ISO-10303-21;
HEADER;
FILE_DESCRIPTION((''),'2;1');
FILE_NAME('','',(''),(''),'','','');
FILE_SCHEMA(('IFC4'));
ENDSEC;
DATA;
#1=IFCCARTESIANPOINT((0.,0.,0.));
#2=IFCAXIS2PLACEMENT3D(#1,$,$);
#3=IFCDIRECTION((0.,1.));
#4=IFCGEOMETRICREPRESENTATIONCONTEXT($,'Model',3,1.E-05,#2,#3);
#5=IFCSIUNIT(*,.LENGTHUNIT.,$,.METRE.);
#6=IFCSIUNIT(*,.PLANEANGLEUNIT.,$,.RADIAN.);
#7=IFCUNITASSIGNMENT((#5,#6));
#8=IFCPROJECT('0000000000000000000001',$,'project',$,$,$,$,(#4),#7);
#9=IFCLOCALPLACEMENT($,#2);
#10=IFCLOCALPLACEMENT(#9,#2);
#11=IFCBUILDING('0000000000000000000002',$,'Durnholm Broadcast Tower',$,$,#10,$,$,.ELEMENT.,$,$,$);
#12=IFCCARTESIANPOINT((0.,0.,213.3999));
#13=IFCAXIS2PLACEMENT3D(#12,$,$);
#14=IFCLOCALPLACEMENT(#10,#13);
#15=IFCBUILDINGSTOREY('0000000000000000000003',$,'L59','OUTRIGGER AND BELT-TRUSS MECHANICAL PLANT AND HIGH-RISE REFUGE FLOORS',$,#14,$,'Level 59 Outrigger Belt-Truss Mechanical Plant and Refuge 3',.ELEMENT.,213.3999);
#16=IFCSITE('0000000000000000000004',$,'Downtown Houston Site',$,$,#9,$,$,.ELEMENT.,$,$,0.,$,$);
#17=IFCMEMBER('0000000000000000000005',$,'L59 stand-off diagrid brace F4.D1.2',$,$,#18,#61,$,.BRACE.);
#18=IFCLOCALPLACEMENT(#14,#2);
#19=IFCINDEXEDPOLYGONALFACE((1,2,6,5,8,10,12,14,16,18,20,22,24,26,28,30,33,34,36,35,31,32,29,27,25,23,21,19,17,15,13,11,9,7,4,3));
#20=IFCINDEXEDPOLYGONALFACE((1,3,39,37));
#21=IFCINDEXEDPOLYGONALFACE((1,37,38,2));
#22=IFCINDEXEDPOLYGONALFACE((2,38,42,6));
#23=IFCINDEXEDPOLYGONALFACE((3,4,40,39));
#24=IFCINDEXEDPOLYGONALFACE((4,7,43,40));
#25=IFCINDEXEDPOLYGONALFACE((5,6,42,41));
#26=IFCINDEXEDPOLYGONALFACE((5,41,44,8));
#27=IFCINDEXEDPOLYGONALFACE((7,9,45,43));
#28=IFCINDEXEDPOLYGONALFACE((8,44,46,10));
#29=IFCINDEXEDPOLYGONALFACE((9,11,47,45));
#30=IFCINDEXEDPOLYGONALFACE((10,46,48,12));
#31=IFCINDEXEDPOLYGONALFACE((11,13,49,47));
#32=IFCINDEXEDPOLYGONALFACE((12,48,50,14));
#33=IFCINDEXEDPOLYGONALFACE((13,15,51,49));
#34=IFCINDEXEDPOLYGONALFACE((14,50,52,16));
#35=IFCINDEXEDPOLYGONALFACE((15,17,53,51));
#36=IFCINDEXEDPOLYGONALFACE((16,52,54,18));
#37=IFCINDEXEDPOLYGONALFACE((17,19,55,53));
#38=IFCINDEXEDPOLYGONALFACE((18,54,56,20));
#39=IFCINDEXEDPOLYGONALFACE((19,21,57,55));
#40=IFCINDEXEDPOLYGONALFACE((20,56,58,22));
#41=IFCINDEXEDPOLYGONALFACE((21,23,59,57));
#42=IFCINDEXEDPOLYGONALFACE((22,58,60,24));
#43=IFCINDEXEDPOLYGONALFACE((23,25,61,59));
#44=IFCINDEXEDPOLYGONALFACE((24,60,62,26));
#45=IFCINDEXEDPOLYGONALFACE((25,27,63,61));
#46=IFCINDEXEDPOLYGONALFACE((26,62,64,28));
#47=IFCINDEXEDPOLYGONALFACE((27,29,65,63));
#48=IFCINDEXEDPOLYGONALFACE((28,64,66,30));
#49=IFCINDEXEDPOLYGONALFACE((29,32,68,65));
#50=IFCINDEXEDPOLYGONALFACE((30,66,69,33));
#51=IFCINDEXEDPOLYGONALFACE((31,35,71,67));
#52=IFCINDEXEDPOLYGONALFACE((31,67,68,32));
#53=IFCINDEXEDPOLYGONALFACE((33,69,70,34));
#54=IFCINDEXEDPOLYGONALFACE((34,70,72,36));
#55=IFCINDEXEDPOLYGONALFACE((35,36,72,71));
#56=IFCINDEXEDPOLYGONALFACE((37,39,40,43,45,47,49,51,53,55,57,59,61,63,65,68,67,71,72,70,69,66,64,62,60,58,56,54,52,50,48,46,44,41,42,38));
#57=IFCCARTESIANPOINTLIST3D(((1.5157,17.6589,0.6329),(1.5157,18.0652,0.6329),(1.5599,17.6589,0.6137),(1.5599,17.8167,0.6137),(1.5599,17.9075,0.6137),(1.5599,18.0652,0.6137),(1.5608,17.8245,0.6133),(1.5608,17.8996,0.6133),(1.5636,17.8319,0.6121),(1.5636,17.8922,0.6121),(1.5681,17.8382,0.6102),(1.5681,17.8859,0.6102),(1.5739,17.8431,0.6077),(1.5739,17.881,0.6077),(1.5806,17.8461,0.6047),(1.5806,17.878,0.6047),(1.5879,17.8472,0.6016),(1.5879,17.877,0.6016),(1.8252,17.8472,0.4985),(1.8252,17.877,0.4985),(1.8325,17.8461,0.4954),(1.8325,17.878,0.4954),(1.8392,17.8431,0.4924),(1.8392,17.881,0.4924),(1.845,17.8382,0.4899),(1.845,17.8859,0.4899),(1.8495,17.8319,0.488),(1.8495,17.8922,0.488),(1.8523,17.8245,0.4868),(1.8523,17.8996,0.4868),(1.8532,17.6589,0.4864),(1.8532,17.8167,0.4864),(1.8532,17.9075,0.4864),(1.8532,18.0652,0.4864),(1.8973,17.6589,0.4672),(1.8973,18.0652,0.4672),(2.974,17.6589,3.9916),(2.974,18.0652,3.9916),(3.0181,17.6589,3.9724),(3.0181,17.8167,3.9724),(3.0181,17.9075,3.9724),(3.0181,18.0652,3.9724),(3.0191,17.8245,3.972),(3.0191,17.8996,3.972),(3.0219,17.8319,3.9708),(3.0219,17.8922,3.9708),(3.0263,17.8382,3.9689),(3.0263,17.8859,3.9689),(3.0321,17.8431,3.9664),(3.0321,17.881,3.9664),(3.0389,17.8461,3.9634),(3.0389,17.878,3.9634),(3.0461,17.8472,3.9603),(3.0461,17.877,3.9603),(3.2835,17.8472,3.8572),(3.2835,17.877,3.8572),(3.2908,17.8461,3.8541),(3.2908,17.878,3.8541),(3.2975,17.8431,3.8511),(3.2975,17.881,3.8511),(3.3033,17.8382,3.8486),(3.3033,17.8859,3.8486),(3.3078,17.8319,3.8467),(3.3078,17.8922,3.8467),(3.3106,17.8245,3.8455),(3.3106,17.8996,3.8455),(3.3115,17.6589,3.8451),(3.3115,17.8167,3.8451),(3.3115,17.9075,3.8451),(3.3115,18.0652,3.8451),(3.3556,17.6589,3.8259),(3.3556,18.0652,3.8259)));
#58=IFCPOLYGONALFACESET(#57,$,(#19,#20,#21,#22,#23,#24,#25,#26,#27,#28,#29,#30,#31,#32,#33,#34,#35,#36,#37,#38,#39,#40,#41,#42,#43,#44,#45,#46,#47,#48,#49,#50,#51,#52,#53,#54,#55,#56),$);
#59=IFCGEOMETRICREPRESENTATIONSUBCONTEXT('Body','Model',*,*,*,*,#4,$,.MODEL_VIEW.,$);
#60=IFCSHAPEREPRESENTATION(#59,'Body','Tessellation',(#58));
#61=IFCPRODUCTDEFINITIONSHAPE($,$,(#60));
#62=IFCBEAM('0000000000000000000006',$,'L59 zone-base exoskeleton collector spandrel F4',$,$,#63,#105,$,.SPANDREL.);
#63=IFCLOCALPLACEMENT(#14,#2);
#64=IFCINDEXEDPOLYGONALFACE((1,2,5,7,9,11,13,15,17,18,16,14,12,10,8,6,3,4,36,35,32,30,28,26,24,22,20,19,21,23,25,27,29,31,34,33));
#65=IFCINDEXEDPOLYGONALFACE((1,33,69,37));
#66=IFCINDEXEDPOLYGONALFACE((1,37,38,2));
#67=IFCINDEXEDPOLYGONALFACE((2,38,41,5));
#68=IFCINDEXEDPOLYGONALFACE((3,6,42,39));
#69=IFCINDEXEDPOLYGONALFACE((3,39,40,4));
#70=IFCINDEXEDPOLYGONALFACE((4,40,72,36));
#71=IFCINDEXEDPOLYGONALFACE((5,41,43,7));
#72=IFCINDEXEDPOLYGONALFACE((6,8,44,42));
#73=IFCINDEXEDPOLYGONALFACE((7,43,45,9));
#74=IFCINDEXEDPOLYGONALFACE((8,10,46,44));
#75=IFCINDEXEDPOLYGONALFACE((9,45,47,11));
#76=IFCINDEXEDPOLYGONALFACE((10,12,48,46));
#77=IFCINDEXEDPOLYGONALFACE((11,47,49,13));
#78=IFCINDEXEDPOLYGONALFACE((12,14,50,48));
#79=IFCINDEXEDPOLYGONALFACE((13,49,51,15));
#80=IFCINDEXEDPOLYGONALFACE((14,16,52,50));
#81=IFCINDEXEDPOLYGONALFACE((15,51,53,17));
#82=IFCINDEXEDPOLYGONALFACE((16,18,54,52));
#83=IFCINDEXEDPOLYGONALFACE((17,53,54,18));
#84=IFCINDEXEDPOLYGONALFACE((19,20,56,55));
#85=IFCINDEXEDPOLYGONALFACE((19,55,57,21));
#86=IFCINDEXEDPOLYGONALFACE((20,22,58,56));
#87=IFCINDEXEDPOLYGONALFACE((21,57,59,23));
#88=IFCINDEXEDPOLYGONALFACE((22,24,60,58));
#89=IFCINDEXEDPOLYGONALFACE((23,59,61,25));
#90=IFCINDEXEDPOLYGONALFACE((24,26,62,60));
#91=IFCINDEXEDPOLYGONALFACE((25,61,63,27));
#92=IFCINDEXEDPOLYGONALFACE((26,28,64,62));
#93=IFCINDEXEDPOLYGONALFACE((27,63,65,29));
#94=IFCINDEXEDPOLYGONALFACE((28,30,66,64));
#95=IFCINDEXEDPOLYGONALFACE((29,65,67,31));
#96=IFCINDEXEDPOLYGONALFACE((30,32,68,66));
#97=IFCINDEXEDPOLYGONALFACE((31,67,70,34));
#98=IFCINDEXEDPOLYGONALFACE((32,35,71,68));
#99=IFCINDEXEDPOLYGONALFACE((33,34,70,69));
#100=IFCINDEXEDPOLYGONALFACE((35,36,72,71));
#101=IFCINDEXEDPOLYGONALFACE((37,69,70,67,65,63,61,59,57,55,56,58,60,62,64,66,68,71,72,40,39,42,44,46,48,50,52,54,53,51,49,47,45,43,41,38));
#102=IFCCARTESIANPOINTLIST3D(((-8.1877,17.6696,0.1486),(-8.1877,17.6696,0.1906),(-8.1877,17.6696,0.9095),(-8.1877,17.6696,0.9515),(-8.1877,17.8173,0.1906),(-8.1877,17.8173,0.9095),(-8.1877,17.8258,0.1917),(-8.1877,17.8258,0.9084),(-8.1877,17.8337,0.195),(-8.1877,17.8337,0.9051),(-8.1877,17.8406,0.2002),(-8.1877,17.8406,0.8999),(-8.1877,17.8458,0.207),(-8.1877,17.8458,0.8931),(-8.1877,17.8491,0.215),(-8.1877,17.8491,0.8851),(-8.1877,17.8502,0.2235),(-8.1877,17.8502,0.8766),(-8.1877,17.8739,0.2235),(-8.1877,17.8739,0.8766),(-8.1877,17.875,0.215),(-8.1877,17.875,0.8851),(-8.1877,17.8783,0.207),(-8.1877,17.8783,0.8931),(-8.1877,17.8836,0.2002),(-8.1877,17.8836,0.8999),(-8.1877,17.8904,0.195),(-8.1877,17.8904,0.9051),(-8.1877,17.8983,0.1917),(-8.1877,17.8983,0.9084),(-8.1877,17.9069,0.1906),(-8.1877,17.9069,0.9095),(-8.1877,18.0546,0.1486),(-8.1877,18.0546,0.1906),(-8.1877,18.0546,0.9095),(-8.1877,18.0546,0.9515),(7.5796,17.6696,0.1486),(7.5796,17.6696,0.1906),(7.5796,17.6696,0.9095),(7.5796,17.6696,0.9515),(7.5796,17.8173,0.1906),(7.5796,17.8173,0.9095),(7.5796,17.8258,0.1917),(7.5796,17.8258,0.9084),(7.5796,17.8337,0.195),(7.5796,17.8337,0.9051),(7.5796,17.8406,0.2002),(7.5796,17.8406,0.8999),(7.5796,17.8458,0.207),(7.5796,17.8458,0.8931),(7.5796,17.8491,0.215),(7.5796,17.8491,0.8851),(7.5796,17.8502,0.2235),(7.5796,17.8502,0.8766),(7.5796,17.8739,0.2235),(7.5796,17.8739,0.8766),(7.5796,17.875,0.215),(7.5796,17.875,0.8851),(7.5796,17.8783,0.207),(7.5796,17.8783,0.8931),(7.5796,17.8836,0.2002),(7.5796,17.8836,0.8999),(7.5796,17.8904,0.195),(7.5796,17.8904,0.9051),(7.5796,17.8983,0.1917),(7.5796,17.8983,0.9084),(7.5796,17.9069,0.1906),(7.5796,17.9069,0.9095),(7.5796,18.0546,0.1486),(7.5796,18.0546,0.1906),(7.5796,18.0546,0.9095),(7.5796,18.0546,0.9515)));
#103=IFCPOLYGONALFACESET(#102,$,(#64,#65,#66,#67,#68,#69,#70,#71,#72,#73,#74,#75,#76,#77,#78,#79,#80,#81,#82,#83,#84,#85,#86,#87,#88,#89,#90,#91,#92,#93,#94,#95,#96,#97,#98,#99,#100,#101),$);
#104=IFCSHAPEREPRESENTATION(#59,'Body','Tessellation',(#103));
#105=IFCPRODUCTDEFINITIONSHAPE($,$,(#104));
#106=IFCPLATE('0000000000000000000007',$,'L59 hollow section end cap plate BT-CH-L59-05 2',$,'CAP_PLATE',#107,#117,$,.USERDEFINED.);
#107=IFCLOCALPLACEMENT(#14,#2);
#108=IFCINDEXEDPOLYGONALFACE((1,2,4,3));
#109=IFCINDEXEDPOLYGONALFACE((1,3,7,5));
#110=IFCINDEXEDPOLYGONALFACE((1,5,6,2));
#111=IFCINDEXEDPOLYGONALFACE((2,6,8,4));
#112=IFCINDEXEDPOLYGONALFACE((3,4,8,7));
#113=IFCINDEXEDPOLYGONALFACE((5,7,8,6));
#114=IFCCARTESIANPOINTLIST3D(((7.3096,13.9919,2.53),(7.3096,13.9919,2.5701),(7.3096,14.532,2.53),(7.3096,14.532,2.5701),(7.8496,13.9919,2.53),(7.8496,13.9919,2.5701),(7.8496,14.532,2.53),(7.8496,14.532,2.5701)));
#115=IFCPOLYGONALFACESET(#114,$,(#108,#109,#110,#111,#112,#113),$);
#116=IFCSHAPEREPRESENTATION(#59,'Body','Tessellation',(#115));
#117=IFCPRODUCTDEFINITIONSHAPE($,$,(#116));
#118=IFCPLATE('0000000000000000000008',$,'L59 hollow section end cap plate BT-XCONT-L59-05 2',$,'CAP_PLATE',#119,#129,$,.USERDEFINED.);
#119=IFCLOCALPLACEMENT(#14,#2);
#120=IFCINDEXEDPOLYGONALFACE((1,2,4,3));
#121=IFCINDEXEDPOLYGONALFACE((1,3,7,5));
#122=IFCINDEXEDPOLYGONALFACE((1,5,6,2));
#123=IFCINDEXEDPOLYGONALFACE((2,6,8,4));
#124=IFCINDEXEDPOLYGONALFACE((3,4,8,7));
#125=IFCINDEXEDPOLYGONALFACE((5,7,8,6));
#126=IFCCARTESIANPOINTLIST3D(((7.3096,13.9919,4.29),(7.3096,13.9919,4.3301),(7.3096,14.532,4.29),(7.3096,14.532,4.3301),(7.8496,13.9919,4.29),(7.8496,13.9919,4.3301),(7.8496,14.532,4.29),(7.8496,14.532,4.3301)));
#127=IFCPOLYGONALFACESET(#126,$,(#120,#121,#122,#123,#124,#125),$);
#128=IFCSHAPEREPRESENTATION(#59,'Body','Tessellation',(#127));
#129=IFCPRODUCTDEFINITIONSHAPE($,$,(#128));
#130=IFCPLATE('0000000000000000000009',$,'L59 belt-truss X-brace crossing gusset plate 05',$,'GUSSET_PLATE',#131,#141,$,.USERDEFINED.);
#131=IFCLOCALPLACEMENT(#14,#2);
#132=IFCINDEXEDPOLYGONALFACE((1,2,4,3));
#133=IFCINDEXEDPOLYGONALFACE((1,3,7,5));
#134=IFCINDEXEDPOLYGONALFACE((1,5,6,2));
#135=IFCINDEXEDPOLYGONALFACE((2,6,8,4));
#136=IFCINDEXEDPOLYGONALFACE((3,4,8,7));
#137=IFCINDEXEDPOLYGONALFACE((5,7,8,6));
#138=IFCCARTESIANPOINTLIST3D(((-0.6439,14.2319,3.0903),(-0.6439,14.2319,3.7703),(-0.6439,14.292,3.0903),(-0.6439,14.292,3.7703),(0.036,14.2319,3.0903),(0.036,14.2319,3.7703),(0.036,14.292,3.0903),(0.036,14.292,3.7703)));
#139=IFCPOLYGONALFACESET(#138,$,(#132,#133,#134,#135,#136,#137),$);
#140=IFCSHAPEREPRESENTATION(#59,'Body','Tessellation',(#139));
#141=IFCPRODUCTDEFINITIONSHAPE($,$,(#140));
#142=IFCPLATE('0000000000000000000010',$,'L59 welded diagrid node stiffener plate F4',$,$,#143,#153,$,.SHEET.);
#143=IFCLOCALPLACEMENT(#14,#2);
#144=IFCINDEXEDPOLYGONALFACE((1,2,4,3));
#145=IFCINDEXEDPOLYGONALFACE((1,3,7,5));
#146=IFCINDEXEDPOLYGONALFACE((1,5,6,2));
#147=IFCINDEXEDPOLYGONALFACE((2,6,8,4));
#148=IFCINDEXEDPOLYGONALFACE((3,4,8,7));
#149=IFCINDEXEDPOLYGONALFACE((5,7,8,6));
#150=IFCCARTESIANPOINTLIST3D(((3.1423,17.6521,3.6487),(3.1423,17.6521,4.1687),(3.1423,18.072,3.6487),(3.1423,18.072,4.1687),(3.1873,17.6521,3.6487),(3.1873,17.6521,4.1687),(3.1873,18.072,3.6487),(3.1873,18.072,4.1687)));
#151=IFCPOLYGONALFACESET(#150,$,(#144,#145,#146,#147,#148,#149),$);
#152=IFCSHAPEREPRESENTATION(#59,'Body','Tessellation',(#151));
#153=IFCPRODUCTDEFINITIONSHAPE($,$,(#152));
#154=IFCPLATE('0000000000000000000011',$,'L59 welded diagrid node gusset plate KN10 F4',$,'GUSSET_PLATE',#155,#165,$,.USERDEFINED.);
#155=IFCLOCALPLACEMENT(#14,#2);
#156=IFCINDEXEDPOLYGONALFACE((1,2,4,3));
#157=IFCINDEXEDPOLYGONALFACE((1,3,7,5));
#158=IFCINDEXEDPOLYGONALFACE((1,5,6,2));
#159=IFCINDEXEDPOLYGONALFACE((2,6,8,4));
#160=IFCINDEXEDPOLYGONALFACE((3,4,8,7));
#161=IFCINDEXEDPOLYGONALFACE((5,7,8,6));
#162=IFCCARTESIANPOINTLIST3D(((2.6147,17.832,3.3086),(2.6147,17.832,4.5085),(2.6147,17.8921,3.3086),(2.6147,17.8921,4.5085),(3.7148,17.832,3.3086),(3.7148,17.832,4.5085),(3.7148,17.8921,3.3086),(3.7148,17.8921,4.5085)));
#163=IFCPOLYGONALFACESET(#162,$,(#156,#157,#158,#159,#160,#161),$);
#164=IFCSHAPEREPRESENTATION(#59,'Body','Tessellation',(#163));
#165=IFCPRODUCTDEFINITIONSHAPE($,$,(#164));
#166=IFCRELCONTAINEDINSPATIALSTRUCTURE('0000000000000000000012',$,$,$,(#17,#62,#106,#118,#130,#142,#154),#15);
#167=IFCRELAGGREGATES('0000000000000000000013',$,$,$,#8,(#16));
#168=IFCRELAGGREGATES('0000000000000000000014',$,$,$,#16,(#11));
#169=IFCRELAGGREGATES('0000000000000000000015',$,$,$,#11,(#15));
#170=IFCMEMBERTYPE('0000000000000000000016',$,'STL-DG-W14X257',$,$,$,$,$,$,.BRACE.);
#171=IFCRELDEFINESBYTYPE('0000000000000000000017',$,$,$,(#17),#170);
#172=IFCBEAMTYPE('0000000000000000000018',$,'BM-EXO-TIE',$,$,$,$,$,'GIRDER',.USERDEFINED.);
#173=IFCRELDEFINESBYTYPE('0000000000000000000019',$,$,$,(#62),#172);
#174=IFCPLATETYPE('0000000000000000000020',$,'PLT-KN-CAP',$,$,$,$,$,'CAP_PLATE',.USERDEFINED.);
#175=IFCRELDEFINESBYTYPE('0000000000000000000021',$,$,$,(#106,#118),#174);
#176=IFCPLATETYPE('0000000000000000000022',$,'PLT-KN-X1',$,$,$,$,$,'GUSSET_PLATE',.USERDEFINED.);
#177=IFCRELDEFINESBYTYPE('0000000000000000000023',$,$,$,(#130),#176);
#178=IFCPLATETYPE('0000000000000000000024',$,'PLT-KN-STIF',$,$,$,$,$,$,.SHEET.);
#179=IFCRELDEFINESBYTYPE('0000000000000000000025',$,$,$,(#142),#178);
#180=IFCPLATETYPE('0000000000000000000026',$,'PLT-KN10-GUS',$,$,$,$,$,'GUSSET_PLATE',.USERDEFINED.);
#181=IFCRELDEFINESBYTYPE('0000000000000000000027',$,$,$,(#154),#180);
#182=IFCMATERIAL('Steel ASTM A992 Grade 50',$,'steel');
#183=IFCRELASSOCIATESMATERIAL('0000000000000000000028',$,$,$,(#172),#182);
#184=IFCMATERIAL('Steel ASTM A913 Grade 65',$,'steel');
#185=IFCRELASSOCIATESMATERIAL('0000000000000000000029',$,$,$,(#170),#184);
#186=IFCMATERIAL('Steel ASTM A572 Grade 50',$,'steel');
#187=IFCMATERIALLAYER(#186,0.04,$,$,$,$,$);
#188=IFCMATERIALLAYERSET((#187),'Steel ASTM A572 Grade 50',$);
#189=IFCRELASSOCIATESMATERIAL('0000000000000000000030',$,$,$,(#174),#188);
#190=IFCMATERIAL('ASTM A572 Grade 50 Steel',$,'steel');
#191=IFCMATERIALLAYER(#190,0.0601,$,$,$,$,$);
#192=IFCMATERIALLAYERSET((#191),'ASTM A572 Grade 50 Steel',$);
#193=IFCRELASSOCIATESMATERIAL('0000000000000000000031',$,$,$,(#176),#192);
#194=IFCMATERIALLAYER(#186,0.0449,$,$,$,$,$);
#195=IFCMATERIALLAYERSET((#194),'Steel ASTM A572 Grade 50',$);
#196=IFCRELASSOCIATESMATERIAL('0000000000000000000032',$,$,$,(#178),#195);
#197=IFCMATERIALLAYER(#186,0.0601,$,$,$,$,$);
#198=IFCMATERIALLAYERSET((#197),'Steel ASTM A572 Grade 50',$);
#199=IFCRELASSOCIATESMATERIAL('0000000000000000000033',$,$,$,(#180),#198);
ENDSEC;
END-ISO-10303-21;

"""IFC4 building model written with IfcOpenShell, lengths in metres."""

from ifc_helpers import new_model, si_unit, direction, frame, origin, origin_2d, place, context, subcontext, project, spatial, rectangle, i_section, extrude, source, transform, mapped, material, layer, layer_set, material_profile, profile_set, type_object, type_shapes, element, save


model = new_model("IFC4")

# Units and contexts
model_context = context("Model", 3, precision=1e-05, world=origin(), true_north=direction((0.0, 1.0)))
body_context = subcontext(model_context, "Body", "Model", "MODEL_VIEW")
ifc_project = project(units=[si_unit("LENGTHUNIT", "METRE"), si_unit("PLANEANGLEUNIT", "RADIAN")], contexts=[model_context])

# Site, building, storey
site_placement = place(None, origin())
site = spatial("IfcSite", under=ifc_project, at=site_placement, Name="Downtown Houston Site", CompositionType="ELEMENT", RefElevation=0.0)
building_placement = place(site_placement, origin())
building = spatial("IfcBuilding", under=site, at=building_placement, Name="Durnholm Broadcast Tower", CompositionType="ELEMENT")
storey_placement = place(building_placement, frame((0.0, 0.0, 213.3999)))
storey = spatial("IfcBuildingStorey", under=building, at=storey_placement, Name="L59", Description="OUTRIGGER AND BELT-TRUSS MECHANICAL PLANT AND HIGH-RISE REFUGE FLOORS", LongName="Level 59 Outrigger Belt-Truss Mechanical Plant and Refuge 3", CompositionType="ELEMENT", Elevation=213.3999)

# Shared definitions
ifc_material_1 = material(Name="Steel ASTM A992 Grade 50", Category="steel")
ifc_material_profile_1 = material_profile(ifc_material_1, i_section(OverallWidth=0.385, OverallDepth=0.803, WebThickness=0.0237, FlangeThickness=0.042, FilletRadius=0.033, at=origin_2d()), Name="W30X261")
ifc_profile_set_1 = profile_set([ifc_material_profile_1], Name="Steel ASTM A992 Grade 50")
beam_type_1 = type_object("IfcBeamType", Name="BM-EXO-TIE", ElementType="GIRDER", PredefinedType="USERDEFINED", material=ifc_profile_set_1)

# Member
ifc_material_2 = material(Name="Steel ASTM A913 Grade 65", Category="steel")
ifc_material_profile_2 = material_profile(ifc_material_2, i_section(OverallWidth=0.4062, OverallDepth=0.416, WebThickness=0.0298, FlangeThickness=0.0481, FilletRadius=0.0305, at=origin_2d()), Name="W14X257")
ifc_profile_set_2 = profile_set([ifc_material_profile_2], Name="Steel ASTM A913 Grade 65")
member_type_1 = type_object("IfcMemberType", Name="STL-DG-W14X257", PredefinedType="BRACE", material=ifc_profile_set_2)
shared_shape_1 = source(origin(), body_context, "Body", "SweptSolid", [
    extrude(i_section(OverallWidth=0.4062, OverallDepth=0.416, WebThickness=0.0298, FlangeThickness=0.0481, FilletRadius=0.0305, at=origin_2d()), origin(), (0.0, 0.0, 1.0), 3.6616),
])
type_shapes(member_type_1, [shared_shape_1])
for number, where, z_axis, x_axis, name in (
    (1, (1.7065, 17.8621, 0.55), (0.39826, 0.0, 0.917272), (0.0, 1.0, 0.0), "L59 stand-off diagrid brace F4.D1.2"),
):
    element("IfcMember", number, at=place(storey_placement, frame(where, z_axis=z_axis, x_axis=x_axis)), inside=storey, type_object=member_type_1, Name=name, PredefinedType="BRACE", context=body_context, shape_type="MappedRepresentation", body=[
        mapped(shared_shape_1, transform((0.0, 0.0, 0.0), x_axis=(1.0, 0.0, 0.0), y_axis=(0.0, 1.0, 0.0), z_axis=(0.0, 0.0, 1.0), scale=1.0)),
    ])

# Beam
shared_shape_2 = source(origin(), body_context, "Body", "SweptSolid", [
    extrude(i_section(OverallWidth=0.385, OverallDepth=0.803, WebThickness=0.0237, FlangeThickness=0.042, FilletRadius=0.033, at=origin_2d()), origin(), (0.0, 0.0, 1.0), 15.7673),
])
beam_1_placement = place(storey_placement, frame((7.5796, 17.8621, 0.55), z_axis=(-1.0, 0.0, 0.0), x_axis=(0.0, -1.0, 0.0)))
element("IfcBeam", 2, at=beam_1_placement, inside=storey, type_object=beam_type_1, Name="L59 zone-base exoskeleton collector spandrel F4", PredefinedType="SPANDREL", context=body_context, shape_type="MappedRepresentation", body=[
    mapped(shared_shape_2, transform((0.0, 0.0, 0.0), x_axis=(1.0, 0.0, 0.0), y_axis=(0.0, 1.0, 0.0), z_axis=(0.0, 0.0, 1.0), scale=1.0)),
])

# Plates
ifc_material_3 = material(Name="Steel ASTM A572 Grade 50", Category="steel")
ifc_layer_1 = layer(ifc_material_3, 0.04)
ifc_layer_set_1 = layer_set([ifc_layer_1], Name="Steel ASTM A572 Grade 50")
plate_type_1 = type_object("IfcPlateType", Name="PLT-KN-CAP", ElementType="CAP_PLATE", PredefinedType="USERDEFINED", material=ifc_layer_set_1)
shared_shape_3 = source(origin(), body_context, "Body", "SweptSolid", [
    extrude(rectangle(XDim=0.54, YDim=0.54, at=origin_2d()), origin(), (0.0, 0.0, 1.0), 0.04),
])
type_shapes(plate_type_1, [shared_shape_3])
for number, where, z_axis, x_axis, name in (
    (3, (7.5796, 14.262, 2.53), (0.0, 0.0, 1.0), (1.0, 0.0, 0.0), "L59 hollow section end cap plate BT-CH-L59-05 2"),
    (4, (7.5796, 14.262, 4.29), (0.0, 0.0, 1.0), (1.0, 0.0, 0.0), "L59 hollow section end cap plate BT-XCONT-L59-05 2"),
):
    element("IfcPlate", number, at=place(storey_placement, frame(where, z_axis=z_axis, x_axis=x_axis)), inside=storey, type_object=plate_type_1, Name=name, ObjectType="CAP_PLATE", PredefinedType="USERDEFINED", context=body_context, shape_type="MappedRepresentation", body=[
        mapped(shared_shape_3, transform((0.0, 0.0, 0.0), x_axis=(1.0, 0.0, 0.0), y_axis=(0.0, 1.0, 0.0), z_axis=(0.0, 0.0, 1.0), scale=1.0)),
    ])
ifc_material_4 = material(Name="ASTM A572 Grade 50 Steel", Category="steel")
ifc_layer_2 = layer(ifc_material_4, 0.0601)
ifc_layer_set_2 = layer_set([ifc_layer_2], Name="ASTM A572 Grade 50 Steel")
plate_type_2 = type_object("IfcPlateType", Name="PLT-KN-X1", ElementType="GUSSET_PLATE", PredefinedType="USERDEFINED", material=ifc_layer_set_2)
shared_shape_4 = source(origin(), body_context, "Body", "SweptSolid", [
    extrude(rectangle(XDim=0.6799, YDim=0.0601, at=origin_2d()), origin(), (0.0, 0.0, 1.0), 0.6799),
])
type_shapes(plate_type_2, [shared_shape_4])
plate_1_placement = place(storey_placement, frame((-0.304, 14.262, 3.0903), z_axis=(0.0, 0.0, 1.0), x_axis=(1.0, 0.0, 0.0)))
element("IfcPlate", 5, at=plate_1_placement, inside=storey, type_object=plate_type_2, Name="L59 belt-truss X-brace crossing gusset plate 05", ObjectType="GUSSET_PLATE", PredefinedType="USERDEFINED", context=body_context, shape_type="MappedRepresentation", body=[
    mapped(shared_shape_4, transform((0.0, 0.0, 0.0), x_axis=(1.0, 0.0, 0.0), y_axis=(0.0, 1.0, 0.0), z_axis=(0.0, 0.0, 1.0), scale=1.0)),
])
ifc_layer_3 = layer(ifc_material_3, 0.0449)
ifc_layer_set_3 = layer_set([ifc_layer_3], Name="Steel ASTM A572 Grade 50")
plate_type_3 = type_object("IfcPlateType", Name="PLT-KN-STIF", PredefinedType="SHEET", material=ifc_layer_set_3)
shared_shape_5 = source(origin(), body_context, "Body", "SweptSolid", [
    extrude(rectangle(XDim=0.0449, YDim=0.4199, at=origin_2d()), origin(), (0.0, 0.0, 1.0), 0.52),
])
type_shapes(plate_type_3, [shared_shape_5])
plate_2_placement = place(storey_placement, frame((3.1648, 17.8621, 3.6487), z_axis=(0.0, 0.0, 1.0), x_axis=(-1.0, 0.0, 0.0)))
element("IfcPlate", 6, at=plate_2_placement, inside=storey, type_object=plate_type_3, Name="L59 welded diagrid node stiffener plate F4", PredefinedType="SHEET", context=body_context, shape_type="MappedRepresentation", body=[
    mapped(shared_shape_5, transform((0.0, 0.0, 0.0), x_axis=(1.0, 0.0, 0.0), y_axis=(0.0, 1.0, 0.0), z_axis=(0.0, 0.0, 1.0), scale=1.0)),
])
ifc_layer_4 = layer(ifc_material_3, 0.0601)
ifc_layer_set_4 = layer_set([ifc_layer_4], Name="Steel ASTM A572 Grade 50")
plate_type_4 = type_object("IfcPlateType", Name="PLT-KN10-GUS", ElementType="GUSSET_PLATE", PredefinedType="USERDEFINED", material=ifc_layer_set_4)
shared_shape_6 = source(origin(), body_context, "Body", "SweptSolid", [
    extrude(rectangle(XDim=1.1001, YDim=0.0601, at=origin_2d()), origin(), (0.0, 0.0, 1.0), 1.2),
])
type_shapes(plate_type_4, [shared_shape_6])
plate_3_placement = place(storey_placement, frame((3.1648, 17.8621, 3.3086), z_axis=(0.0, 0.0, 1.0), x_axis=(-1.0, 0.0, 0.0)))
element("IfcPlate", 7, at=plate_3_placement, inside=storey, type_object=plate_type_4, Name="L59 welded diagrid node gusset plate KN10 F4", ObjectType="GUSSET_PLATE", PredefinedType="USERDEFINED", context=body_context, shape_type="MappedRepresentation", body=[
    mapped(shared_shape_6, transform((0.0, 0.0, 0.0), x_axis=(1.0, 0.0, 0.0), y_axis=(0.0, 1.0, 0.0), z_axis=(0.0, 0.0, 1.0), scale=1.0)),
])

save(model, "model.ifc")
